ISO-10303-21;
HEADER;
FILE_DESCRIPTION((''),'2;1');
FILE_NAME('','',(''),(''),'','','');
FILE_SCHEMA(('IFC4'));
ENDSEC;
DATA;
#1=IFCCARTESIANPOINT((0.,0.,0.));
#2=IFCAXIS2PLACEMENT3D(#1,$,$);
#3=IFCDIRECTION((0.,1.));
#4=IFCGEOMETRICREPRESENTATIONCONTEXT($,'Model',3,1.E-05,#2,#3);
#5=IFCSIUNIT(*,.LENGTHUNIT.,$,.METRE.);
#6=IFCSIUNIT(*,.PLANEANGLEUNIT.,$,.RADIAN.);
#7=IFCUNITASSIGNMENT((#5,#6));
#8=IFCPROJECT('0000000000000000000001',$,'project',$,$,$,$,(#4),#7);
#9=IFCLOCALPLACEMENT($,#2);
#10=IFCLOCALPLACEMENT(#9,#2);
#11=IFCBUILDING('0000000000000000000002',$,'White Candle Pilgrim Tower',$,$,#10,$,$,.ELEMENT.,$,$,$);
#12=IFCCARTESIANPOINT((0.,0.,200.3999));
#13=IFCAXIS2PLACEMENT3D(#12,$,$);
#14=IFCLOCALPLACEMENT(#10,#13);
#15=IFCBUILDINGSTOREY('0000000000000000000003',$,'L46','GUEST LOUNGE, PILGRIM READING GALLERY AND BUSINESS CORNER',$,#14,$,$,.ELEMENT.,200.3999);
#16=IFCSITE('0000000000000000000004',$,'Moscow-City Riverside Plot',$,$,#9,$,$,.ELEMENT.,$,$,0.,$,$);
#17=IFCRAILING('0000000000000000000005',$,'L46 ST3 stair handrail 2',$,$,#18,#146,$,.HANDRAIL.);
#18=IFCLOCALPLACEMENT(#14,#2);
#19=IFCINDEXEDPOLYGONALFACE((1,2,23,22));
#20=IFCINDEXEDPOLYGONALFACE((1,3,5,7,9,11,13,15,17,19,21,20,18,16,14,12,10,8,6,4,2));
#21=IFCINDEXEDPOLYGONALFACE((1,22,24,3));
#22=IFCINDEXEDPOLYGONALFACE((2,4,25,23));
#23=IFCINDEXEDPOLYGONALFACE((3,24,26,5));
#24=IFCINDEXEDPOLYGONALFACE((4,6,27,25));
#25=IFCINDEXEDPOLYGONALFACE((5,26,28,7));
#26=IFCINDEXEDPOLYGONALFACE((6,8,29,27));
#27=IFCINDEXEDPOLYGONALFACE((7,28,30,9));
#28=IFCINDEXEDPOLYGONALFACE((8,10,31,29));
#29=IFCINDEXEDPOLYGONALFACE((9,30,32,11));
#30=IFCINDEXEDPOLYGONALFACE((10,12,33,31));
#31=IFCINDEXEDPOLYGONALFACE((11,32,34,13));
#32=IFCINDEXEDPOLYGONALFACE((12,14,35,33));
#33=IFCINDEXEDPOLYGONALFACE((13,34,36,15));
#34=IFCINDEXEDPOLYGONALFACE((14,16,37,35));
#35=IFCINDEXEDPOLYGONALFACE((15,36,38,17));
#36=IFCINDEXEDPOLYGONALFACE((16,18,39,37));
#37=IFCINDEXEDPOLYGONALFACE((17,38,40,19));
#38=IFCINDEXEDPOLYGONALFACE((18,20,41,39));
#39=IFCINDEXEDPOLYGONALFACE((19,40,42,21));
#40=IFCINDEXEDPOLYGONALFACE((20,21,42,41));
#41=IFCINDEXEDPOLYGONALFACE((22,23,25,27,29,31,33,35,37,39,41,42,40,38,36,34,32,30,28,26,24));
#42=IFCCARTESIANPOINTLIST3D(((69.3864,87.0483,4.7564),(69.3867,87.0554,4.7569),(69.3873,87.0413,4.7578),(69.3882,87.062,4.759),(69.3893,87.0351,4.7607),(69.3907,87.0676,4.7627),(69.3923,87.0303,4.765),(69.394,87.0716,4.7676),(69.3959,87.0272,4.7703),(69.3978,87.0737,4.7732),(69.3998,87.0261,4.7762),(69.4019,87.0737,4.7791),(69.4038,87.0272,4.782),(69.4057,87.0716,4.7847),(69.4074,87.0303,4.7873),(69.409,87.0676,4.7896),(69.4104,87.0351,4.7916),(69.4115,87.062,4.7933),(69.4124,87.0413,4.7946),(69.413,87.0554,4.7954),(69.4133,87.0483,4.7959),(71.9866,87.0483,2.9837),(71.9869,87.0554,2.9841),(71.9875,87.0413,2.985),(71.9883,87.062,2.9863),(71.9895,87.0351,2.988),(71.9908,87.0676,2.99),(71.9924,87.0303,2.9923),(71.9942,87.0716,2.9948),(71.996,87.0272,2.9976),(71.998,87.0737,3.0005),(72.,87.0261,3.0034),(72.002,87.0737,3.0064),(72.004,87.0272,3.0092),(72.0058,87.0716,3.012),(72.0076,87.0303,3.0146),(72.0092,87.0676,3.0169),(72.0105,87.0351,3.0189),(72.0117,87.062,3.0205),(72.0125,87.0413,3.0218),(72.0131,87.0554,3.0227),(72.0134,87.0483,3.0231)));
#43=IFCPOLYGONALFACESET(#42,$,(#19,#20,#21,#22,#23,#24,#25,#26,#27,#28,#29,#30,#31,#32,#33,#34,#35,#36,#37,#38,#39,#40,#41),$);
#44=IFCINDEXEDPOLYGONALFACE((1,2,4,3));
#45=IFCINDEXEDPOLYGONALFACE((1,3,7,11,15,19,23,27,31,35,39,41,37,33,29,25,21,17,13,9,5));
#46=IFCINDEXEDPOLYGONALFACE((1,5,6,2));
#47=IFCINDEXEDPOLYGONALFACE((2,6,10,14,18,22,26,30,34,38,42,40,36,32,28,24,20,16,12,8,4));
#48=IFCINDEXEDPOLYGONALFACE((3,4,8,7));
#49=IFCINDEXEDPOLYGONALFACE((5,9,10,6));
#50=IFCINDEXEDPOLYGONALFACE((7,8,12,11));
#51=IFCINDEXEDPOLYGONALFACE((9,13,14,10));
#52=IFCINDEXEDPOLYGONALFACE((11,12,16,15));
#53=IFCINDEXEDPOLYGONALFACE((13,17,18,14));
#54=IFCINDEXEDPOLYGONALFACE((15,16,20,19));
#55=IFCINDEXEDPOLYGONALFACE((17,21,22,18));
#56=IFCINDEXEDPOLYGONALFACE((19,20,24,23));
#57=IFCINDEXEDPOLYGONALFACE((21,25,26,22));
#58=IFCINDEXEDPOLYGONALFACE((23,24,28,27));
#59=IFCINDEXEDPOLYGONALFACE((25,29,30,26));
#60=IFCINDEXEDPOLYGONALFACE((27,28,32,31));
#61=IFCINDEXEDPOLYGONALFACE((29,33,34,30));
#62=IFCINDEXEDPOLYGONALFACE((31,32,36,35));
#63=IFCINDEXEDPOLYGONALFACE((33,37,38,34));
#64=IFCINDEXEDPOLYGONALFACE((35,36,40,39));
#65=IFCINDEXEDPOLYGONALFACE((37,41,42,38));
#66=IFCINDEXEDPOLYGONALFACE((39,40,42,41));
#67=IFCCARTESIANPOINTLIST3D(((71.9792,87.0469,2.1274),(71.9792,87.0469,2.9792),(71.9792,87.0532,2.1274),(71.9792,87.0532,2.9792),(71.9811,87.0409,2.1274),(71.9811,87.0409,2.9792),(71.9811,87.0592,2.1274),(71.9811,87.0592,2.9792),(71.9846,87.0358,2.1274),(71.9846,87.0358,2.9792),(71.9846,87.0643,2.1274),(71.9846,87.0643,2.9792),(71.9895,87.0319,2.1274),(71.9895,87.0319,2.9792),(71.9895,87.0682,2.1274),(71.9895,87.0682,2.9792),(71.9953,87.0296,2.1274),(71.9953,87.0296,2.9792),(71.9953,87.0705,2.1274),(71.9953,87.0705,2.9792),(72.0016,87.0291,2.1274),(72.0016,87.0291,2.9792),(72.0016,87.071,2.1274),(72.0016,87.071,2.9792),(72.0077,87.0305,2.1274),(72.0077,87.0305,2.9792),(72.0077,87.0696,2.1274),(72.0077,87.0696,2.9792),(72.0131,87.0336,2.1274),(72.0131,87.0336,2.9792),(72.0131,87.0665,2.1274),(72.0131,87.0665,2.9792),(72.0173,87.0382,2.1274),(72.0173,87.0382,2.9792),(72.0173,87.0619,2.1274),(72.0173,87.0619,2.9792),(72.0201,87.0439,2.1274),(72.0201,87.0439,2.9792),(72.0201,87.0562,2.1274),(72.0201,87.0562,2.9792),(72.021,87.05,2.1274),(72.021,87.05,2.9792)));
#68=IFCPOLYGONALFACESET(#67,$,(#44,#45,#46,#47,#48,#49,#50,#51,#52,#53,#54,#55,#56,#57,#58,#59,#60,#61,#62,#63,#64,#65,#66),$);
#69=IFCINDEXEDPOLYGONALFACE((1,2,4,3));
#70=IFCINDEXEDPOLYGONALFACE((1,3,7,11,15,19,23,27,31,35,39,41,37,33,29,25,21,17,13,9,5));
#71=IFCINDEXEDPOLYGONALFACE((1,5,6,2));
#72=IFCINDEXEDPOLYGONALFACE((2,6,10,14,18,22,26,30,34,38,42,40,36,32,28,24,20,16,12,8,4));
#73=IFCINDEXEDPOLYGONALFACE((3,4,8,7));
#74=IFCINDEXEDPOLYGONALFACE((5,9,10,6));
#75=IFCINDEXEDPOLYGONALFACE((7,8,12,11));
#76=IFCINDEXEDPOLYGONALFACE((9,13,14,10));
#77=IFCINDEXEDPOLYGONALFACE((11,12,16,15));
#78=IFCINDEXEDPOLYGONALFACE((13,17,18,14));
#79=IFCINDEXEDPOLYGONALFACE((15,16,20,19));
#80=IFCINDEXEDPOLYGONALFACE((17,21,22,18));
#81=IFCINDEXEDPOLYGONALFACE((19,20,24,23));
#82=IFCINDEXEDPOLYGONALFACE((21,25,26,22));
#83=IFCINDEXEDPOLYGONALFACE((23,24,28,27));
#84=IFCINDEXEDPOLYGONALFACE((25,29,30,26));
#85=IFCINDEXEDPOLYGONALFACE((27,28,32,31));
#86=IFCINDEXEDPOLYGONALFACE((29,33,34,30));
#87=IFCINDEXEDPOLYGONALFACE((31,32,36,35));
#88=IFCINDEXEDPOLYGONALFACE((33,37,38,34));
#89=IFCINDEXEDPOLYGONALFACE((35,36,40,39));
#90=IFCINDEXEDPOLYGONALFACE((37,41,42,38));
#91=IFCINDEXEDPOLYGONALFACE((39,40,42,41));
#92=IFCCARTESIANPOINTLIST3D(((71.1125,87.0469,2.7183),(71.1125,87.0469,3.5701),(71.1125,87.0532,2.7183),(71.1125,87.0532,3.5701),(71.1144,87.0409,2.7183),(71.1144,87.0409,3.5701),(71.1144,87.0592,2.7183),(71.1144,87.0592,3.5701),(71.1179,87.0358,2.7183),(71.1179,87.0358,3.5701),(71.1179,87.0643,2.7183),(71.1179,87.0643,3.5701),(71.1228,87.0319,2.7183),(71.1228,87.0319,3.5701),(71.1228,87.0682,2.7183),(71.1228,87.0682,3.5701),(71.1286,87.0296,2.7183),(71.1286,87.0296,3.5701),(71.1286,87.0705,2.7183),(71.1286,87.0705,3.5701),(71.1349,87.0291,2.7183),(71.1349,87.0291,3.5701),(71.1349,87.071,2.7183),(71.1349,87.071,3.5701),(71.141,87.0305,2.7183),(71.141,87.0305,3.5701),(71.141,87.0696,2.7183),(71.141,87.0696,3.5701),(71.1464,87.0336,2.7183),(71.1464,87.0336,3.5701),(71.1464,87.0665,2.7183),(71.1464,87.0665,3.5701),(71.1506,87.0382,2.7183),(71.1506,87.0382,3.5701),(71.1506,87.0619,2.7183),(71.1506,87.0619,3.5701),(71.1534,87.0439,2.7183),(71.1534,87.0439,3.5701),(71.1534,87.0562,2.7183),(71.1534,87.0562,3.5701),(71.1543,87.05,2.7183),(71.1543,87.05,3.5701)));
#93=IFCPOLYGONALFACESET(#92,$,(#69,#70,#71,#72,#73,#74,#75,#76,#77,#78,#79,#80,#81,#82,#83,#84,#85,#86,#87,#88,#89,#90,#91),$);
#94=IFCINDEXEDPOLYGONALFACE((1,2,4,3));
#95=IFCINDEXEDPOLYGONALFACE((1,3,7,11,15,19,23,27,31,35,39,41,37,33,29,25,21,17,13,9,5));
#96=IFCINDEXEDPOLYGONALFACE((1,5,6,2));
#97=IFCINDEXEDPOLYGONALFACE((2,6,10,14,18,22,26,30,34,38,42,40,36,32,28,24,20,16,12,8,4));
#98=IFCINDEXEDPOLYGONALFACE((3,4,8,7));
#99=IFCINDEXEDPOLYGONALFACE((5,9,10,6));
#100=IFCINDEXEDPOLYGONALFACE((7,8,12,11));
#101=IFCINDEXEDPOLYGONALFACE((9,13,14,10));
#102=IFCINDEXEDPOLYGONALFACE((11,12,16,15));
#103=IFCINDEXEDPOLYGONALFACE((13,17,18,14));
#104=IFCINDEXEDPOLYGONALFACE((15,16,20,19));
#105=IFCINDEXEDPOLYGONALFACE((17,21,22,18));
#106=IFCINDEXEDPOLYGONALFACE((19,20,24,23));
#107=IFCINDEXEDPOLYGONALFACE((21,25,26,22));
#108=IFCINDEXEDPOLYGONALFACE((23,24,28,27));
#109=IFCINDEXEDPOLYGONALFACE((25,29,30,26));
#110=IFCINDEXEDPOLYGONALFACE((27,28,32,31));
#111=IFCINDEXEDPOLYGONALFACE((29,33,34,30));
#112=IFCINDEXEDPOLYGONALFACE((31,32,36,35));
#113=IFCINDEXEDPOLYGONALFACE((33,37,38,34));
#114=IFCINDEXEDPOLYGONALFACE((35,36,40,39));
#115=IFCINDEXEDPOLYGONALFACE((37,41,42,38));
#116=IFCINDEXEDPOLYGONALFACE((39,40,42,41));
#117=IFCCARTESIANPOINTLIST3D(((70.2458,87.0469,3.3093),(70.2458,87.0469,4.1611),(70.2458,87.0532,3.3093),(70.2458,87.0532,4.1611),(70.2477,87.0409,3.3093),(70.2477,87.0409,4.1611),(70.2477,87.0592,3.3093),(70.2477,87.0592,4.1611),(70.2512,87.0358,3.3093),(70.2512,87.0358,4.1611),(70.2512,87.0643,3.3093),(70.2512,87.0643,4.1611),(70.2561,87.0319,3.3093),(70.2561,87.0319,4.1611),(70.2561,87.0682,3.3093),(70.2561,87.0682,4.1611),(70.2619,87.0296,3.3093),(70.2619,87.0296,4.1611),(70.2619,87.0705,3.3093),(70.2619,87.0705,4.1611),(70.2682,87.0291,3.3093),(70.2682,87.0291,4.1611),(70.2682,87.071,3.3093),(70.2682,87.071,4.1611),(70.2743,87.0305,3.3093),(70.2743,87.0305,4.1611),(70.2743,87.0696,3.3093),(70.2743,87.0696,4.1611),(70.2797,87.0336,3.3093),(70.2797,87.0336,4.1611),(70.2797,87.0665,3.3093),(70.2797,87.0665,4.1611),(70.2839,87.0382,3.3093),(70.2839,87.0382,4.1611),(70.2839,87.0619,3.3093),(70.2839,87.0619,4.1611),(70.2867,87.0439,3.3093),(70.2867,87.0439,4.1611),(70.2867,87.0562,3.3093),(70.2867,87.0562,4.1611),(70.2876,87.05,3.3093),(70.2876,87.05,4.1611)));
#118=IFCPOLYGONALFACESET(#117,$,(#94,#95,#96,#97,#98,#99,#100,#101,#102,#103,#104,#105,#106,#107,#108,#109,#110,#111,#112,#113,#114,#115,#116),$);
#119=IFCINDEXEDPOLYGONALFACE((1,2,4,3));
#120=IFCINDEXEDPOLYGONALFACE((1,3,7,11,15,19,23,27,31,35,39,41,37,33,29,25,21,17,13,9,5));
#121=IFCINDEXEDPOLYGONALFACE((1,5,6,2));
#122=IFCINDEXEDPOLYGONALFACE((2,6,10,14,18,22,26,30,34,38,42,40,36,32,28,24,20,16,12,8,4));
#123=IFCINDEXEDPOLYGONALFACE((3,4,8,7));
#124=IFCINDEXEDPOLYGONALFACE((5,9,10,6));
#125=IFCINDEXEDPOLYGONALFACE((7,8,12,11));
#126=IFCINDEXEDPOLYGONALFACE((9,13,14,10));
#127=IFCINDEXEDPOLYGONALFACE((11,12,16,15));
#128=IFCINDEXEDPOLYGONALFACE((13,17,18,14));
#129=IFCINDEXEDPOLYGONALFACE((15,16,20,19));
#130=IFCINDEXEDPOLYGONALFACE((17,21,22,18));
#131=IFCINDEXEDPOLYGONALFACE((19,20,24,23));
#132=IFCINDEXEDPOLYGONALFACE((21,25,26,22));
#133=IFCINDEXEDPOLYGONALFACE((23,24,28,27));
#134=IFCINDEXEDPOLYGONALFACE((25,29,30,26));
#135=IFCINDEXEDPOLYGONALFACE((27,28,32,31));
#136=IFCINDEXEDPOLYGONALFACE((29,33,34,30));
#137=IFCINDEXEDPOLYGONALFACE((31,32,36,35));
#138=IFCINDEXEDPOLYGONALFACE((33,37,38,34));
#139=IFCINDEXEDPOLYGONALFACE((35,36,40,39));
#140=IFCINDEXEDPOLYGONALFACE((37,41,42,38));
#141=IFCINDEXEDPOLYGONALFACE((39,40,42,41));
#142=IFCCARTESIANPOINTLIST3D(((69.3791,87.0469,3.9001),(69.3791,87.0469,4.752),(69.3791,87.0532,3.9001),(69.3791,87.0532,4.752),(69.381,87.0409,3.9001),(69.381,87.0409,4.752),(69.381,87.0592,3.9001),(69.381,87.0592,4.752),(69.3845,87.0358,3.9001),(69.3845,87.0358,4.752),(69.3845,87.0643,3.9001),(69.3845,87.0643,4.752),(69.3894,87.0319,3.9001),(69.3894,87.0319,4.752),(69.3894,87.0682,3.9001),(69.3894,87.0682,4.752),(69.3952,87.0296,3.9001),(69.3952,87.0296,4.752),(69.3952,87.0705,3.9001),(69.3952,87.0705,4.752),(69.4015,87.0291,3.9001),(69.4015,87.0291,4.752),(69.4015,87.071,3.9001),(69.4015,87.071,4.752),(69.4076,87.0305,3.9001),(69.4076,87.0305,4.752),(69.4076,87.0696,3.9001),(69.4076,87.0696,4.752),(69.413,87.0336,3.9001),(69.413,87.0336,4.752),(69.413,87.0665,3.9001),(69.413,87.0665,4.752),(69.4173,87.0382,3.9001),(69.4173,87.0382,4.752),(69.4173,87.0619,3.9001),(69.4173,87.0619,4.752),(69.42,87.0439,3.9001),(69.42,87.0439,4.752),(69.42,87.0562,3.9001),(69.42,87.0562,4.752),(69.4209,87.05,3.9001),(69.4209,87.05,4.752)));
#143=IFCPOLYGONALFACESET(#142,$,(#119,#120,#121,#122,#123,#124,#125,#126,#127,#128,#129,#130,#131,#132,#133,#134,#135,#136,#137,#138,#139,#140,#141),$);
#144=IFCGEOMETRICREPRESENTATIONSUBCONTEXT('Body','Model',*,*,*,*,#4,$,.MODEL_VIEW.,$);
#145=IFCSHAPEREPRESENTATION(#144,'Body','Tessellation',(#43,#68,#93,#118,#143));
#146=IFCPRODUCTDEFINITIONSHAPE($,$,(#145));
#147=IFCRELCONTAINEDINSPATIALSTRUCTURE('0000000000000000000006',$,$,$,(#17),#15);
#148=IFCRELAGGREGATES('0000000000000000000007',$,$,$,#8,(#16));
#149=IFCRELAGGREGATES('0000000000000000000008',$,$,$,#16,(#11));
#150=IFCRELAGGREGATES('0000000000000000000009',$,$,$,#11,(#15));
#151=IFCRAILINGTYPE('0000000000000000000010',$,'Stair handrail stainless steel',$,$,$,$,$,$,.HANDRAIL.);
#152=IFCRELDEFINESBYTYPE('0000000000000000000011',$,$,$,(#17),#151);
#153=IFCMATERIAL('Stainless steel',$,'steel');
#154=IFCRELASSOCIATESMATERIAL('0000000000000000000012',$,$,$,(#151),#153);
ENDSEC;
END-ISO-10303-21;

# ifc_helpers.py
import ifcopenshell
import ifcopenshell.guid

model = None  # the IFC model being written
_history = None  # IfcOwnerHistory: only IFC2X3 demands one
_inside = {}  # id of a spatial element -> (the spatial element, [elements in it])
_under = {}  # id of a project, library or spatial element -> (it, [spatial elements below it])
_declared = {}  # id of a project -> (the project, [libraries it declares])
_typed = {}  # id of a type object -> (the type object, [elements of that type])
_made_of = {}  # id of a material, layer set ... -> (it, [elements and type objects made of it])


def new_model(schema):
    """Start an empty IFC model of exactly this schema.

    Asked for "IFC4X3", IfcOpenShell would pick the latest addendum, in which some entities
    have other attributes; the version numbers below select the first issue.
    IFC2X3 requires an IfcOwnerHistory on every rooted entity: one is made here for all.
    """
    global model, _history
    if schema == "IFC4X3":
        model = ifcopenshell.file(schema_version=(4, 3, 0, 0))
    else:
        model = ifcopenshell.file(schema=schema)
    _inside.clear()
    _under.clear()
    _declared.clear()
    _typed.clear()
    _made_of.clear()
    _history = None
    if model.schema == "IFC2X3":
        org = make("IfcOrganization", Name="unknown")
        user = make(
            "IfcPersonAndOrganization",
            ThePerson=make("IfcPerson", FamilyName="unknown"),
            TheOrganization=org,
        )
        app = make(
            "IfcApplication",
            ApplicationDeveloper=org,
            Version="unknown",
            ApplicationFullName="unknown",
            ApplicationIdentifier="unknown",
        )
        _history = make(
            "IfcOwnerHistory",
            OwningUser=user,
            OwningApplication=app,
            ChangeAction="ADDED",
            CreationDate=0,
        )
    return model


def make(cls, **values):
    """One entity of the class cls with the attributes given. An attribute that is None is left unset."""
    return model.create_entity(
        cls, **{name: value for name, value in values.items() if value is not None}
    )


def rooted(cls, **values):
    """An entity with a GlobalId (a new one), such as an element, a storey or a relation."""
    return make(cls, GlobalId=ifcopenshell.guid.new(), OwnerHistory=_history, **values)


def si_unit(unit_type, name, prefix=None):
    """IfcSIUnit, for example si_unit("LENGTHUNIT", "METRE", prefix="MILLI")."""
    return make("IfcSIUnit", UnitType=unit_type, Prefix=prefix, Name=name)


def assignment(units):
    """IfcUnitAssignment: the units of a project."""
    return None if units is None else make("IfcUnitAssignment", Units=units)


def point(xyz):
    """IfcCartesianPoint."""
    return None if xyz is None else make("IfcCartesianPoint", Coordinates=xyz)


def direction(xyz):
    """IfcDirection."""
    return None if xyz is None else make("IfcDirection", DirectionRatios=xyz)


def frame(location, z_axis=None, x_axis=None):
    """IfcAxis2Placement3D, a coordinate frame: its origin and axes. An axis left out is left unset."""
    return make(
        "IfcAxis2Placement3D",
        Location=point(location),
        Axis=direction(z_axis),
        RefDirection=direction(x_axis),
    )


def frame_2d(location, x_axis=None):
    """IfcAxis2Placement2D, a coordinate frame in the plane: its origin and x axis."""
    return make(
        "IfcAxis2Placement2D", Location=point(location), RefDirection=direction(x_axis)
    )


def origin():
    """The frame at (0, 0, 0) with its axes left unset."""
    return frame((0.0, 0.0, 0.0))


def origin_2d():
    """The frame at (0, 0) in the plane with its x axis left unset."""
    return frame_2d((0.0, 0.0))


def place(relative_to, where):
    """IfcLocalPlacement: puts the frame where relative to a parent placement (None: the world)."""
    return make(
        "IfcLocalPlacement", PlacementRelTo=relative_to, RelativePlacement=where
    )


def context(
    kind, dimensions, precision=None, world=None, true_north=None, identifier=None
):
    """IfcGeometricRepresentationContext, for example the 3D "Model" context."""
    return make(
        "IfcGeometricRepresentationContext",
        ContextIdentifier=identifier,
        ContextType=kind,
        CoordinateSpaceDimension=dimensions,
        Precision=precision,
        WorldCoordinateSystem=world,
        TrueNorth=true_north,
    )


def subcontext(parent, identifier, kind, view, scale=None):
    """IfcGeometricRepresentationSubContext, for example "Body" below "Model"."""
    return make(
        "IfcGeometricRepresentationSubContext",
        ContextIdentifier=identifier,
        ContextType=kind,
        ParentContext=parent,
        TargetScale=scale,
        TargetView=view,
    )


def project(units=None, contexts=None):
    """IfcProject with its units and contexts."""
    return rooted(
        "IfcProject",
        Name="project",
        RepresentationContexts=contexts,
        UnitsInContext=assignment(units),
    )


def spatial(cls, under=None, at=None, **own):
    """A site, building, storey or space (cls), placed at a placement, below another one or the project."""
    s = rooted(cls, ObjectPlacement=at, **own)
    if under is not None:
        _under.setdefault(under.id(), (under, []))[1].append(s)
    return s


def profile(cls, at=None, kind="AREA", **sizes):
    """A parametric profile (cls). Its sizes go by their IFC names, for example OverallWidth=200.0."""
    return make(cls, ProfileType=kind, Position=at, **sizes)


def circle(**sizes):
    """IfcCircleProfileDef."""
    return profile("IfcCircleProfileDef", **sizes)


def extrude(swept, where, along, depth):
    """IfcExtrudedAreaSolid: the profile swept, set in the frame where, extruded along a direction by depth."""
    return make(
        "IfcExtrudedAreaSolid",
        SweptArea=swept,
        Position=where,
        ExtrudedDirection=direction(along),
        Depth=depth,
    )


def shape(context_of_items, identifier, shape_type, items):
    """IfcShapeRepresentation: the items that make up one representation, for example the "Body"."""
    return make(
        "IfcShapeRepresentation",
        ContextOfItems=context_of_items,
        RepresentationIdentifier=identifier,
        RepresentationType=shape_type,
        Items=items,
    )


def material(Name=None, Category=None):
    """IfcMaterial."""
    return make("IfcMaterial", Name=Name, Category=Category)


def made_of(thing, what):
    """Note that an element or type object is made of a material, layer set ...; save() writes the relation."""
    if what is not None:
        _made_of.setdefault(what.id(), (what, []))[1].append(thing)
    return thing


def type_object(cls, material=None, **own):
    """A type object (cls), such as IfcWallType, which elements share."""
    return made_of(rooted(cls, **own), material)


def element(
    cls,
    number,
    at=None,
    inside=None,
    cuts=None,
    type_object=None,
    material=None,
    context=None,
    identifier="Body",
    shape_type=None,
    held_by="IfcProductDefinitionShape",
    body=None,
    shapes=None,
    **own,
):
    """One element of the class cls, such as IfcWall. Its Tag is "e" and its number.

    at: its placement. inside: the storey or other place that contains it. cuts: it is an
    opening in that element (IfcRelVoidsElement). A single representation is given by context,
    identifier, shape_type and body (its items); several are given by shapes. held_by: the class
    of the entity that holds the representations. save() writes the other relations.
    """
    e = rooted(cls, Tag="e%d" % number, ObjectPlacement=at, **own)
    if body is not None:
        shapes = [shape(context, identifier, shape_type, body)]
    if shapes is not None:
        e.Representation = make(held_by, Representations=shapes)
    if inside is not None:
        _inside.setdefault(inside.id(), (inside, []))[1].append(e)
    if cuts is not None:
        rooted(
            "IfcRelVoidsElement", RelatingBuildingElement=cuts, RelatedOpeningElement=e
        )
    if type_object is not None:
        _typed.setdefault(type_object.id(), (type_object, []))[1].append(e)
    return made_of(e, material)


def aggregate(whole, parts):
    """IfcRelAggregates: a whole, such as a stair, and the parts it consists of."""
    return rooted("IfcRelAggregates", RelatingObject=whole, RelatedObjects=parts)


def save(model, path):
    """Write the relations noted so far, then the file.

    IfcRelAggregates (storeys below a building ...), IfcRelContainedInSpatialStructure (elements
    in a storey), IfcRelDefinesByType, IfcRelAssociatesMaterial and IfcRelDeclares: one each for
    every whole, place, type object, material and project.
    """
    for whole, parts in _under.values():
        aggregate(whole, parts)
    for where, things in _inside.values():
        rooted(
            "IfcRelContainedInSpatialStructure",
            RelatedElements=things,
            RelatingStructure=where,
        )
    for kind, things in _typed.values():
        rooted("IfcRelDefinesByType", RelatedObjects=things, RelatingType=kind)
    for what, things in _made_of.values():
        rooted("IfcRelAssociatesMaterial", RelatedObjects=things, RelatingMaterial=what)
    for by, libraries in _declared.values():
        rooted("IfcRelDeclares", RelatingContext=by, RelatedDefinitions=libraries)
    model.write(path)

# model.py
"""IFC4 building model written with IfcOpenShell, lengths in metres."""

from ifc_helpers import new_model, si_unit, direction, frame, origin, origin_2d, place, context, subcontext, project, spatial, circle, extrude, material, type_object, element, save


model = new_model("IFC4")

# Units and contexts
model_context = context("Model", 3, precision=1e-05, world=origin(), true_north=direction((0.0, 1.0)))
body_context = subcontext(model_context, "Body", "Model", "MODEL_VIEW")
ifc_project = project(units=[si_unit("LENGTHUNIT", "METRE"), si_unit("PLANEANGLEUNIT", "RADIAN")], contexts=[model_context])

# Site, building, storey
site_placement = place(None, origin())
site = spatial("IfcSite", under=ifc_project, at=site_placement, Name="Moscow-City Riverside Plot", CompositionType="ELEMENT", RefElevation=0.0)
building_placement = place(site_placement, origin())
building = spatial("IfcBuilding", under=site, at=building_placement, Name="White Candle Pilgrim Tower", CompositionType="ELEMENT")
storey_placement = place(building_placement, frame((0.0, 0.0, 200.3999)))
storey = spatial("IfcBuildingStorey", under=building, at=storey_placement, Name="L46", Description="GUEST LOUNGE, PILGRIM READING GALLERY AND BUSINESS CORNER", CompositionType="ELEMENT", Elevation=200.3999)

# Shared definitions
ifc_material_1 = material(Name="Stainless steel", Category="steel")

# Railing
railing_type_1 = type_object("IfcRailingType", Name="Stair handrail stainless steel", PredefinedType="HANDRAIL", material=ifc_material_1)
railing_1_placement = place(storey_placement, frame((72.0, 87.05, 2.1274)))
element("IfcRailing", 1, at=railing_1_placement, inside=storey, type_object=railing_type_1, Name="L46 ST3 stair handrail 2", PredefinedType="HANDRAIL", context=body_context, shape_type="SweptSolid", body=[
    extrude(circle(Radius=0.0239, at=origin_2d()), frame((0.0, 0.0, 0.876), z_axis=(-0.82624, 0.0, 0.563318), x_axis=(0.0, -1.0, 0.0)), (0.0, 0.0, 1.0), 3.147),
    extrude(circle(Radius=0.021, at=origin_2d()), origin(), (0.0, 0.0, 1.0), 0.8518),
    extrude(circle(Radius=0.021, at=origin_2d()), frame((-0.8667, 0.0, 0.5908)), (0.0, 0.0, 1.0), 0.8518),
    extrude(circle(Radius=0.021, at=origin_2d()), frame((-1.7334, 0.0, 1.1819)), (0.0, 0.0, 1.0), 0.8518),
    extrude(circle(Radius=0.021, at=origin_2d()), frame((-2.6001, 0.0, 1.7727)), (0.0, 0.0, 1.0), 0.8518),
])

save(model, "model.ifc")
